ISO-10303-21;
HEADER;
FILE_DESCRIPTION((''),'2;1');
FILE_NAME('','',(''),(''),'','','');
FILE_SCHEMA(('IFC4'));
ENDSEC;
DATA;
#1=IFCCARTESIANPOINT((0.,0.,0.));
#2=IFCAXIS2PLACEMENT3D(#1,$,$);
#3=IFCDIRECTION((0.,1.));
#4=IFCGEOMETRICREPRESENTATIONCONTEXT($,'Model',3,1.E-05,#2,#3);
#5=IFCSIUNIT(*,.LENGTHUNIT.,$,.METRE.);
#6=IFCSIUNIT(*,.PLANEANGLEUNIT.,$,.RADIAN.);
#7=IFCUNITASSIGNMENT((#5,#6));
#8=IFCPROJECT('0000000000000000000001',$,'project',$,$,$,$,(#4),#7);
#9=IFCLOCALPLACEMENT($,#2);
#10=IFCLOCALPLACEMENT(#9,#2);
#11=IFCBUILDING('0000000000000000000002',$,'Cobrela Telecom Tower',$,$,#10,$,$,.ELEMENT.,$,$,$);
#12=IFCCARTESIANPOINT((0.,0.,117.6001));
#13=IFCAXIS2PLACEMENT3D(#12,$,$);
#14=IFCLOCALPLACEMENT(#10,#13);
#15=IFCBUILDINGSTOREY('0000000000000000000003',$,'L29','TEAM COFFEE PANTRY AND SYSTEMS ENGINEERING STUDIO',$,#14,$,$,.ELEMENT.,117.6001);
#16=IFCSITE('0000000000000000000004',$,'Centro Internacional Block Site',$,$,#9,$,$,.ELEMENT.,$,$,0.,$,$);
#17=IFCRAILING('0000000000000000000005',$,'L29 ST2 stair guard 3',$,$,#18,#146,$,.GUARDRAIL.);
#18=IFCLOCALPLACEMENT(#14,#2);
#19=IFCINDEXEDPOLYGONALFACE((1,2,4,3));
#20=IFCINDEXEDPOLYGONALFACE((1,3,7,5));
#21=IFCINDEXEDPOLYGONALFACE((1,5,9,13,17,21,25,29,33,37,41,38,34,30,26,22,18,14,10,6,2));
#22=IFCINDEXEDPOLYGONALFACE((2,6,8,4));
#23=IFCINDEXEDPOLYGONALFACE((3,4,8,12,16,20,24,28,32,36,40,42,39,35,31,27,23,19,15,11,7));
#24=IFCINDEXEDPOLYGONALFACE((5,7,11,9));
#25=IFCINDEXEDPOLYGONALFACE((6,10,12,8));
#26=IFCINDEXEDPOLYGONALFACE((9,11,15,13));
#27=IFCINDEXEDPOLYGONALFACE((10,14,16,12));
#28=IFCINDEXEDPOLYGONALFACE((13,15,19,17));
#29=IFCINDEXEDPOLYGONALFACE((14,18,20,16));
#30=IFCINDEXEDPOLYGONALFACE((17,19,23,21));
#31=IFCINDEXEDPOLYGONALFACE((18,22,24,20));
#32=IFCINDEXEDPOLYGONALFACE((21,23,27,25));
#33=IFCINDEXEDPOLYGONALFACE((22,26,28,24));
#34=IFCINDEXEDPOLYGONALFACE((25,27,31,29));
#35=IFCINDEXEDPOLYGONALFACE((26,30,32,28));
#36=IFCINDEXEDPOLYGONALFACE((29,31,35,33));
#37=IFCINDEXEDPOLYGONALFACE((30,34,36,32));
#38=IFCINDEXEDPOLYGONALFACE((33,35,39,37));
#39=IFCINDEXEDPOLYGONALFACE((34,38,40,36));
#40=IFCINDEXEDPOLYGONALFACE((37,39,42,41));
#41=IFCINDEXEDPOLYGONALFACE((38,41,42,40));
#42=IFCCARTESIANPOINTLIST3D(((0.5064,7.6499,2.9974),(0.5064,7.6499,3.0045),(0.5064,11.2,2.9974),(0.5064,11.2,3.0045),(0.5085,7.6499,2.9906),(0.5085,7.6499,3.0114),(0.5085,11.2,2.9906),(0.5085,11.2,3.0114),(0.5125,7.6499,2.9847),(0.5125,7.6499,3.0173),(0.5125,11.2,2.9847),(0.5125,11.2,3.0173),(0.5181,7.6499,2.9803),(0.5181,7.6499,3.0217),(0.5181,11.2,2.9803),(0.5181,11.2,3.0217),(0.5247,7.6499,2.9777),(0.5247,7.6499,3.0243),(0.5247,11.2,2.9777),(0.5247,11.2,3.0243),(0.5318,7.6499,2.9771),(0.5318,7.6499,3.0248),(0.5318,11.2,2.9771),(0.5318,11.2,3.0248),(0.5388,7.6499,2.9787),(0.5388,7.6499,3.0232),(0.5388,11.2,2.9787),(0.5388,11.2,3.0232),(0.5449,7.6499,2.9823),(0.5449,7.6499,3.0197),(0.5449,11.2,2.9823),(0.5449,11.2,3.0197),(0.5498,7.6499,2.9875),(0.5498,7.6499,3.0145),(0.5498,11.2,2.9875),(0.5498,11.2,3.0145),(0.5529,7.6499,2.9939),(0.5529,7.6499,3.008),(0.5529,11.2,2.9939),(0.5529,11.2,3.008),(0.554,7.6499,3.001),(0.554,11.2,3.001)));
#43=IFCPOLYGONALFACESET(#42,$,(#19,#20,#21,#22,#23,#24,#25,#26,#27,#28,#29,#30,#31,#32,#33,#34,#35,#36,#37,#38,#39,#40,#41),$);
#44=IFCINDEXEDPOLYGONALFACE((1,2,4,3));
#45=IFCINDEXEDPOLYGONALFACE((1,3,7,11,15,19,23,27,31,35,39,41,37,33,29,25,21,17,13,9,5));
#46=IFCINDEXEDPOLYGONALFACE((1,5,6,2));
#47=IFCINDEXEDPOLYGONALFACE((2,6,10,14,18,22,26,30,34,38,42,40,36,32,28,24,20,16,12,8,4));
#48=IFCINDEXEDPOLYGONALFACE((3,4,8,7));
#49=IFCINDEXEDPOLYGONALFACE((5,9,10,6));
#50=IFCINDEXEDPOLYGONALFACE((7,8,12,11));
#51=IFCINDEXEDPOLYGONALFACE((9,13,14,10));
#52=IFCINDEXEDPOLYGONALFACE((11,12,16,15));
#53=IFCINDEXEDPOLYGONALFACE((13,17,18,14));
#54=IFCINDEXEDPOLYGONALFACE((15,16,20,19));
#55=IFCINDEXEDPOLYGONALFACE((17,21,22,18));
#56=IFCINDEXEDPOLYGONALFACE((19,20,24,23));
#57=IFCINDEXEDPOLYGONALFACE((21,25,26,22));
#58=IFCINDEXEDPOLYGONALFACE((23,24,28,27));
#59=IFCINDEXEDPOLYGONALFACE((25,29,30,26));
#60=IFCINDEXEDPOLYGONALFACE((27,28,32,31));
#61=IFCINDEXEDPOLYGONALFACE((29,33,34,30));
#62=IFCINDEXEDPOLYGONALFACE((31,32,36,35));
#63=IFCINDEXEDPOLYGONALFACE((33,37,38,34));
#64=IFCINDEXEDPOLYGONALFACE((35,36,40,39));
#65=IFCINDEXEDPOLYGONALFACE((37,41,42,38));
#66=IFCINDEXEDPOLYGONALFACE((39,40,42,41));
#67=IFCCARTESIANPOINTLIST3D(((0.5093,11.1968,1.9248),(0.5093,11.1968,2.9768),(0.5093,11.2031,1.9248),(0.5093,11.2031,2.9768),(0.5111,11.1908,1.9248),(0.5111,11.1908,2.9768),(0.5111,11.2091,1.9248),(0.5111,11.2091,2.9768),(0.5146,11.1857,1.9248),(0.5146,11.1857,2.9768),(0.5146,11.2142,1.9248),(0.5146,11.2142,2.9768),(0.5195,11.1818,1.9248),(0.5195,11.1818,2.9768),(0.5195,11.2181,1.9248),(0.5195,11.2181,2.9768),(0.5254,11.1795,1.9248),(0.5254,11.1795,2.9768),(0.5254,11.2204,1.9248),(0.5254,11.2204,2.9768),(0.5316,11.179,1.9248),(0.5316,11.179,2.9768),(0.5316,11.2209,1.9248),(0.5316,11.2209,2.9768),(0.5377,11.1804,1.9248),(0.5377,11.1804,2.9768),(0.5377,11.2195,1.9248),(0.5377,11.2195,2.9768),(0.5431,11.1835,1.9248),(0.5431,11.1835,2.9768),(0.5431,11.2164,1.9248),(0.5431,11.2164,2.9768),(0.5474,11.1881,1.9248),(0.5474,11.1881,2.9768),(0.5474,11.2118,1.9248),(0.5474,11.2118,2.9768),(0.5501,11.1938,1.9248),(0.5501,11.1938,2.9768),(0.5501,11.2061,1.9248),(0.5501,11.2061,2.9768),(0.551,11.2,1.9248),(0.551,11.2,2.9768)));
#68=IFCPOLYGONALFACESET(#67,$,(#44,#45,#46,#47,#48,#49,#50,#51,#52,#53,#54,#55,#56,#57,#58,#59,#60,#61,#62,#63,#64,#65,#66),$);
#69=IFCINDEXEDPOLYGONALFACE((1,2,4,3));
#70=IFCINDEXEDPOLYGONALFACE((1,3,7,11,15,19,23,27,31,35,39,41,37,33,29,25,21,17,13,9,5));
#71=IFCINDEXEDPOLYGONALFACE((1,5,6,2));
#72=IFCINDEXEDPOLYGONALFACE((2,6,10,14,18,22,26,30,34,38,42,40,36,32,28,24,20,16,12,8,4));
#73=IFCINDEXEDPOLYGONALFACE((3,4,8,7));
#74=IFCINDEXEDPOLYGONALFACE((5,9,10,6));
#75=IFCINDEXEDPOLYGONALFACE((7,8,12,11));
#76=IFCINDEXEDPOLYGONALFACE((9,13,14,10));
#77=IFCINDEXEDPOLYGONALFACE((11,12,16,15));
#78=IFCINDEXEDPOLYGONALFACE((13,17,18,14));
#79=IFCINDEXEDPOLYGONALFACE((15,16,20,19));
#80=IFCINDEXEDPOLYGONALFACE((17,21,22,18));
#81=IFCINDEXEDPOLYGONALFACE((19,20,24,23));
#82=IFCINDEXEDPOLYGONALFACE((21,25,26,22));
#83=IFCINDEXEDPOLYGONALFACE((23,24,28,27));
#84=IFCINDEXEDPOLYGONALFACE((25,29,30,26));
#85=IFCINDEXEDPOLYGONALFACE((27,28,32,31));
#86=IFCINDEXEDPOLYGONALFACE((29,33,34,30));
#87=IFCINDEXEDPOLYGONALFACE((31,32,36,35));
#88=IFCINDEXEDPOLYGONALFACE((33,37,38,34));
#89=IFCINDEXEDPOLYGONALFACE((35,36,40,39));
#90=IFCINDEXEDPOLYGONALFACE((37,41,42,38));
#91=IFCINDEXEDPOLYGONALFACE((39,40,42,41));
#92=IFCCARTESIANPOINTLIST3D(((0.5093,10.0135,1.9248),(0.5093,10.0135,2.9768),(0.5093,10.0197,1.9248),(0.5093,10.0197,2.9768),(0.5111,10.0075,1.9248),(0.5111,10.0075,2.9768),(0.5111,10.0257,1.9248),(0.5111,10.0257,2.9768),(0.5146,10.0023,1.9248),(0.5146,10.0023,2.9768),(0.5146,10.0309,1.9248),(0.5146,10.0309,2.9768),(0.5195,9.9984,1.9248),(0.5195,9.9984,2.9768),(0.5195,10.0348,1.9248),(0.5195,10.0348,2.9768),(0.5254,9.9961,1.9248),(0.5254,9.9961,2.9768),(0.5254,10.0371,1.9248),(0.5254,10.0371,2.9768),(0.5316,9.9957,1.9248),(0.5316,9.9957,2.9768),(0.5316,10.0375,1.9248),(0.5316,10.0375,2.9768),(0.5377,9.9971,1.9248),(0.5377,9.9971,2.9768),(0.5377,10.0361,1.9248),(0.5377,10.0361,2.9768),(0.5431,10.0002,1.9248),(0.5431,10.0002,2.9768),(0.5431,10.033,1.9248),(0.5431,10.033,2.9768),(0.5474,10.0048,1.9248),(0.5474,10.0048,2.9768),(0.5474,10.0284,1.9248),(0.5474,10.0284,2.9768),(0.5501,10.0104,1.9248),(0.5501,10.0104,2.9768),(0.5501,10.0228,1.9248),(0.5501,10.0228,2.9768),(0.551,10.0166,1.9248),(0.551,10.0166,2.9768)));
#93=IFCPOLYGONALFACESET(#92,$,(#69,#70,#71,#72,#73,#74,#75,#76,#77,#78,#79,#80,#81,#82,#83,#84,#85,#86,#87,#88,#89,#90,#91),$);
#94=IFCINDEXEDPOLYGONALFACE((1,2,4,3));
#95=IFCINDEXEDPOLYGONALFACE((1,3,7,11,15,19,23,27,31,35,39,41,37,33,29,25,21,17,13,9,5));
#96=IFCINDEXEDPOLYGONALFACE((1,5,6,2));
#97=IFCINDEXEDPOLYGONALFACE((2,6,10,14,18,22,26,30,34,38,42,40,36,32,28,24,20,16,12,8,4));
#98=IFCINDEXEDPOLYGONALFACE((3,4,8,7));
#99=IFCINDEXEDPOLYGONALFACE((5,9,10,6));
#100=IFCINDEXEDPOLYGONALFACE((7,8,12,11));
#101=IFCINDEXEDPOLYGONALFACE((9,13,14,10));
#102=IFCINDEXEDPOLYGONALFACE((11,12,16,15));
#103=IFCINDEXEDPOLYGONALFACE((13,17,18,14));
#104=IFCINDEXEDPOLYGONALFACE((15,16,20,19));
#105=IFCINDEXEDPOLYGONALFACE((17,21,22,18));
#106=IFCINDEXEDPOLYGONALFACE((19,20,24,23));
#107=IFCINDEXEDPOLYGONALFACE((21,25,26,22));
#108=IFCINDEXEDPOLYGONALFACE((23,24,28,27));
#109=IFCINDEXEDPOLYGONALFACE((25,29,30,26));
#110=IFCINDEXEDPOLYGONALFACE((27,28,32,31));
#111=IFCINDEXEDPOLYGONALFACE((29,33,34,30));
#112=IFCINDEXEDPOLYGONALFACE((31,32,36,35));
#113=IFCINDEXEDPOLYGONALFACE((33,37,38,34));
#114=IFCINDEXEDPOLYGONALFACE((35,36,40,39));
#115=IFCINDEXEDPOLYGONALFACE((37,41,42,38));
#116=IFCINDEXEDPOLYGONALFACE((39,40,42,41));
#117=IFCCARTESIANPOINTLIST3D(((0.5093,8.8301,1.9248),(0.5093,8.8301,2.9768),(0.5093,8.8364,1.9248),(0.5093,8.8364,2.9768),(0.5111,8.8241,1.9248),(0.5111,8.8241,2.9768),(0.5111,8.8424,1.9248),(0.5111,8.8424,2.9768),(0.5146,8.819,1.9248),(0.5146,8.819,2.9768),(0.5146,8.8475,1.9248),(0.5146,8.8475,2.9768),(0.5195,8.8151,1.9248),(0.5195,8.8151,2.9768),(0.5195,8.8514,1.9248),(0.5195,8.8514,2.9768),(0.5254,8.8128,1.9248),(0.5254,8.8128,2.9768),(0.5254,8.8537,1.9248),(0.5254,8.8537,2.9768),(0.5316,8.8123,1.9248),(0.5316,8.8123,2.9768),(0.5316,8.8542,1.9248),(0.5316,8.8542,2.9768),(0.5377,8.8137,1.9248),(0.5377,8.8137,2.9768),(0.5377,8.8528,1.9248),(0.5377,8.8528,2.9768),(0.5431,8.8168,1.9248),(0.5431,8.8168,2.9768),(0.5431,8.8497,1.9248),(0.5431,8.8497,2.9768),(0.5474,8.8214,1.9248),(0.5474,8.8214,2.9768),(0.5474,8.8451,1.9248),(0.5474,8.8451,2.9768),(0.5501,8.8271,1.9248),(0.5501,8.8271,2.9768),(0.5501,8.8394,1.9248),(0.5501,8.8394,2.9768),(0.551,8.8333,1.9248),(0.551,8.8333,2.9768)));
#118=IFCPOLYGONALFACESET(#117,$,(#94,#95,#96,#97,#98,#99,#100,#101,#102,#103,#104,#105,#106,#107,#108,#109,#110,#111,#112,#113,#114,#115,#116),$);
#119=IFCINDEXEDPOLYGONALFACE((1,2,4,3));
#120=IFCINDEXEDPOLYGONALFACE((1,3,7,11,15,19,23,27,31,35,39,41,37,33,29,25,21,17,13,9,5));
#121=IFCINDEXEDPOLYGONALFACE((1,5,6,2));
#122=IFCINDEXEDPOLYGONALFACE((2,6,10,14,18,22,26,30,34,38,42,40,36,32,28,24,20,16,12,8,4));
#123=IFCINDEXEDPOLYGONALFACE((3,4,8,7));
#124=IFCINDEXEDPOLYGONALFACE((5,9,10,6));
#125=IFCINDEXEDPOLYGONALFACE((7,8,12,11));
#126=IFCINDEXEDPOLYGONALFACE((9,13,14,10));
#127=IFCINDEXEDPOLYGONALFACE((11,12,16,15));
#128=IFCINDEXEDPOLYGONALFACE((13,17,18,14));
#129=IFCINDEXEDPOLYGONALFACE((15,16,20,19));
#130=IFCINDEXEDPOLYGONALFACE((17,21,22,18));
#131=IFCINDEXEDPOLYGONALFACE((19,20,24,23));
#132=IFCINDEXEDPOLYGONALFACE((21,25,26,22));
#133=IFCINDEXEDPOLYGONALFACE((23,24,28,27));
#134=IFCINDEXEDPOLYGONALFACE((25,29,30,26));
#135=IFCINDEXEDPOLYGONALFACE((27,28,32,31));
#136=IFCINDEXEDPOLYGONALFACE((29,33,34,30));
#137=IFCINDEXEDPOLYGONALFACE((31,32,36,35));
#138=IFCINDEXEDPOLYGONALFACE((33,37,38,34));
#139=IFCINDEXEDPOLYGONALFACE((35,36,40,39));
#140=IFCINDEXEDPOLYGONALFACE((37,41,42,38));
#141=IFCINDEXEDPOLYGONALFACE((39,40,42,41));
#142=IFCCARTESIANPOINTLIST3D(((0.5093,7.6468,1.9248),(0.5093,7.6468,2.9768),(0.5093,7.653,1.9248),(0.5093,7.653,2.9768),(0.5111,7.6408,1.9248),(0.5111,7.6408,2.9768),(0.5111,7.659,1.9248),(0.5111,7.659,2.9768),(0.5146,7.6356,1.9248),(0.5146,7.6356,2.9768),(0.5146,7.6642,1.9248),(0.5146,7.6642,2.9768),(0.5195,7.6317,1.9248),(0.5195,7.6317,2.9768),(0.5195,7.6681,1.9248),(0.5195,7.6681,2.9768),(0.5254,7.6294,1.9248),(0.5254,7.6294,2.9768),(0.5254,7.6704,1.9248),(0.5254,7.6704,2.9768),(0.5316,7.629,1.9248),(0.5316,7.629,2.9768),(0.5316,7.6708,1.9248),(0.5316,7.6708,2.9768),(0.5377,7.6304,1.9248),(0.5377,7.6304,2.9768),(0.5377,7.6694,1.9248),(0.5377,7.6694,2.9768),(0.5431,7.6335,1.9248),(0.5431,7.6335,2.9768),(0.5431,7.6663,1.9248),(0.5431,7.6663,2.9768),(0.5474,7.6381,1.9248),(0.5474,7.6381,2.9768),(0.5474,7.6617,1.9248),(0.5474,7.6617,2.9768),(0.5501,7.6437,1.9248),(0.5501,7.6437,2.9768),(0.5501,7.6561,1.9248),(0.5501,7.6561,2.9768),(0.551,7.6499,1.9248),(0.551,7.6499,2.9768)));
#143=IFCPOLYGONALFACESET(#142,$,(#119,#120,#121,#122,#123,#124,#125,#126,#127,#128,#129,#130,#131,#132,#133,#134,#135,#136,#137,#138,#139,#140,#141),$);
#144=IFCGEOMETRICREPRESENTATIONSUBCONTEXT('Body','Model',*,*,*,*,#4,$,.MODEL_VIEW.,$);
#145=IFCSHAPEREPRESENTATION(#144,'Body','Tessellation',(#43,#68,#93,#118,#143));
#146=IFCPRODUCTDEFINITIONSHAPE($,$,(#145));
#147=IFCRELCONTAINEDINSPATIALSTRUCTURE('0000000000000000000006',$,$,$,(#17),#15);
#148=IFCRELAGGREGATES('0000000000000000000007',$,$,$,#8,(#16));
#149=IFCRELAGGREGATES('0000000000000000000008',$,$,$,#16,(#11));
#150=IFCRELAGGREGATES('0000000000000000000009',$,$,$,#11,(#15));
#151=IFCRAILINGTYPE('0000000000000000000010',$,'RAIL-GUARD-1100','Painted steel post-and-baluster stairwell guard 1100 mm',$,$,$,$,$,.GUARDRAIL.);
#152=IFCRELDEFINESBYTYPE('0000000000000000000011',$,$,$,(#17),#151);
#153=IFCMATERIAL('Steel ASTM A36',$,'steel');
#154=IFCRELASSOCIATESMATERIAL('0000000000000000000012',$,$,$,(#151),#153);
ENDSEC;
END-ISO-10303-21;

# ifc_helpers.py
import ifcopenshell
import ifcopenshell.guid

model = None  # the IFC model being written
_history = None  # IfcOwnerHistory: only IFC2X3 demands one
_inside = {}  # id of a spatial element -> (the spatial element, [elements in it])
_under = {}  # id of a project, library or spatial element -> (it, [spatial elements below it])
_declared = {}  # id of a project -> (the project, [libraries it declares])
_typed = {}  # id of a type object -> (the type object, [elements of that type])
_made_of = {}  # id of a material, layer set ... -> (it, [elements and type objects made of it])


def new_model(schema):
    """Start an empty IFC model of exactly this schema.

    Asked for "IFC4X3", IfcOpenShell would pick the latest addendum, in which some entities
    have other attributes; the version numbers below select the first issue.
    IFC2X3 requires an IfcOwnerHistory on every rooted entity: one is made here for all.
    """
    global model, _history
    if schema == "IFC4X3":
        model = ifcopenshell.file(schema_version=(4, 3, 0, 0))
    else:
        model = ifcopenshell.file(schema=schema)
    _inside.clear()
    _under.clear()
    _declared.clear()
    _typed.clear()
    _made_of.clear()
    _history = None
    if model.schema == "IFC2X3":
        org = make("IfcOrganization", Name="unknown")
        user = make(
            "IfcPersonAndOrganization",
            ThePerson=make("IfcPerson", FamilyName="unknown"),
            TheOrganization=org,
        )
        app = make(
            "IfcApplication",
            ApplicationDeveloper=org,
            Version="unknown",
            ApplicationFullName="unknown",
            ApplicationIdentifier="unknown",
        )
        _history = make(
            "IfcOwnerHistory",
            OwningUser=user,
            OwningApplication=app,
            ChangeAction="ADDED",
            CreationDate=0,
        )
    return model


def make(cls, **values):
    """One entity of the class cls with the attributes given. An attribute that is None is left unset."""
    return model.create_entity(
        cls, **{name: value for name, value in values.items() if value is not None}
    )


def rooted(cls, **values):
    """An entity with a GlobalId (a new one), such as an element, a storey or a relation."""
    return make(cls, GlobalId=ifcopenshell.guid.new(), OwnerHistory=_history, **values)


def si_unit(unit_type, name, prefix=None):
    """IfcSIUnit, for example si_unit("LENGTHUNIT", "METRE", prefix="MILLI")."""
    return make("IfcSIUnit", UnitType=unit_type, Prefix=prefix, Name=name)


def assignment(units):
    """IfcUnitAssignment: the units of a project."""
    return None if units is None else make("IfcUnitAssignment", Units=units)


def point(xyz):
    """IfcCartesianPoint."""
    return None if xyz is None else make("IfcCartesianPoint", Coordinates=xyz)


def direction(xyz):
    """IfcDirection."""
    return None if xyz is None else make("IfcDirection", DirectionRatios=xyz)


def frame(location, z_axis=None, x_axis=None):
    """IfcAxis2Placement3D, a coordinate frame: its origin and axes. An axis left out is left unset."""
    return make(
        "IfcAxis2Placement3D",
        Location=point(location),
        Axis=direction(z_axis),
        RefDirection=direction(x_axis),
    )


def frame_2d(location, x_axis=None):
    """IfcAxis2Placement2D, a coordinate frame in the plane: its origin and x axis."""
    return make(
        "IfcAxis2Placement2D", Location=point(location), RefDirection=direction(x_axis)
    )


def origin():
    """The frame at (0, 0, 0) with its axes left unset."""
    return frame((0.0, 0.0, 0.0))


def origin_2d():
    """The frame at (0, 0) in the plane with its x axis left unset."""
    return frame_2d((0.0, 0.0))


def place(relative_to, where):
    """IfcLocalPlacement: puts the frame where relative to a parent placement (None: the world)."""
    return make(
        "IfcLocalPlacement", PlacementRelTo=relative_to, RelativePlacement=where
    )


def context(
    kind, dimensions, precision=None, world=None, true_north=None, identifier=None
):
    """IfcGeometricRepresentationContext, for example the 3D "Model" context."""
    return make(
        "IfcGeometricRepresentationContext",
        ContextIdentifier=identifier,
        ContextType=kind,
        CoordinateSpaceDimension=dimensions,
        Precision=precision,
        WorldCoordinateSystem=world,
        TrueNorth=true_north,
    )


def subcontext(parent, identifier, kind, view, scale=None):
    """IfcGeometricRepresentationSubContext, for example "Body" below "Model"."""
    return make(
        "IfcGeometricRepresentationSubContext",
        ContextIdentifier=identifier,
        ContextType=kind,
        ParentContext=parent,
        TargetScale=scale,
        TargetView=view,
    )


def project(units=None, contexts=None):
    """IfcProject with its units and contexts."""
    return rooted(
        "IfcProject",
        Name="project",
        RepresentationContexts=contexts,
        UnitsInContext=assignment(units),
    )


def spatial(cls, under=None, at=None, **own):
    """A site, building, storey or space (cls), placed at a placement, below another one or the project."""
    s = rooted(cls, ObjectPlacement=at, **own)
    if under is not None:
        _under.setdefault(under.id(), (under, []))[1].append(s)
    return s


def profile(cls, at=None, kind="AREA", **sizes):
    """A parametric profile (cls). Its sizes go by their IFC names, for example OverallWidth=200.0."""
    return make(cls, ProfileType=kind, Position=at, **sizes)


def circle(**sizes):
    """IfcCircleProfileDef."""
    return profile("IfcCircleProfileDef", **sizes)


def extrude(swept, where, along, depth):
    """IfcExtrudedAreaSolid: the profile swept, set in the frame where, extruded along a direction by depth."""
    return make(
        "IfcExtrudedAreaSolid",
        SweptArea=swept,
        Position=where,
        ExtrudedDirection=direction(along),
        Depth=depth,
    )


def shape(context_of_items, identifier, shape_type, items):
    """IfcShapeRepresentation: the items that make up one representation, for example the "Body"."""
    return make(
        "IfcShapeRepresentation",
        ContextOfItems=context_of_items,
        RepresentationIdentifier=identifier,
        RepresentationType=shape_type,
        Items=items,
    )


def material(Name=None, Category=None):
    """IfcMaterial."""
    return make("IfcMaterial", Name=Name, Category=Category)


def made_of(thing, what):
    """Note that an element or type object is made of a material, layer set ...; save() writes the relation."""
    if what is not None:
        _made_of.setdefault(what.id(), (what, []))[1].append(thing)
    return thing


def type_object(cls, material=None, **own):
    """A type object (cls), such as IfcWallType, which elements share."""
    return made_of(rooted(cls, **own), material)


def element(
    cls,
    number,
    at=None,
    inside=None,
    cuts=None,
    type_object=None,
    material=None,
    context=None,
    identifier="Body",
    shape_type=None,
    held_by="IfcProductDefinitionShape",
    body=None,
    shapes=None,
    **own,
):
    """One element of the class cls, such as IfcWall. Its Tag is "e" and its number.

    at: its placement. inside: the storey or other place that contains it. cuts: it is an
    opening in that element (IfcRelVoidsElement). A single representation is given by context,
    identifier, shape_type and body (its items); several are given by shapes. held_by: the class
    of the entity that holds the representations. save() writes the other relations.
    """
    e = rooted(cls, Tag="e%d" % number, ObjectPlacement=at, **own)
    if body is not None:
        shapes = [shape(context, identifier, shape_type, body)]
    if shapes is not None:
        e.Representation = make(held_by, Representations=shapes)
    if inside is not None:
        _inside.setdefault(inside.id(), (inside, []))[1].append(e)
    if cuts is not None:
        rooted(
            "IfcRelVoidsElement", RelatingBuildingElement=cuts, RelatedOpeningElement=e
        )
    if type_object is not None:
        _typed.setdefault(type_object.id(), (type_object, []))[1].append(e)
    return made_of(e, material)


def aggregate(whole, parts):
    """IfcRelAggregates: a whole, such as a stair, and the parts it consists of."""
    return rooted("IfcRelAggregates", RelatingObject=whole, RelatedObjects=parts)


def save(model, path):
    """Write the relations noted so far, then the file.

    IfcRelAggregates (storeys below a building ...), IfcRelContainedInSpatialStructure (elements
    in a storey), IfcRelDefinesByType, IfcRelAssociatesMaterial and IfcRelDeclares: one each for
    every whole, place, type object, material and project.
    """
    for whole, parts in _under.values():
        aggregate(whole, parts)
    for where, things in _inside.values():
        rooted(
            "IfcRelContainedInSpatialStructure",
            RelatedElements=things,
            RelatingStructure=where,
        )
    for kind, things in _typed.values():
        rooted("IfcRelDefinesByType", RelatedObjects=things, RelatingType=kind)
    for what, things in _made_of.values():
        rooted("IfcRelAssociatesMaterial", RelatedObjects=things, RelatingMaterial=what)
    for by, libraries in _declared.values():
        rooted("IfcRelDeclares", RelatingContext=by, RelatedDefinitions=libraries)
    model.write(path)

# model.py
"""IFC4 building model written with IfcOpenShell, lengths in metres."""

from ifc_helpers import new_model, si_unit, direction, frame, origin, origin_2d, place, context, subcontext, project, spatial, circle, extrude, material, type_object, element, save


model = new_model("IFC4")

# Units and contexts
model_context = context("Model", 3, precision=1e-05, world=origin(), true_north=direction((0.0, 1.0)))
body_context = subcontext(model_context, "Body", "Model", "MODEL_VIEW")
ifc_project = project(units=[si_unit("LENGTHUNIT", "METRE"), si_unit("PLANEANGLEUNIT", "RADIAN")], contexts=[model_context])

# Site, building, storey
site_placement = place(None, origin())
site = spatial("IfcSite", under=ifc_project, at=site_placement, Name="Centro Internacional Block Site", CompositionType="ELEMENT", RefElevation=0.0)
building_placement = place(site_placement, origin())
building = spatial("IfcBuilding", under=site, at=building_placement, Name="Cobrela Telecom Tower", CompositionType="ELEMENT")
storey_placement = place(building_placement, frame((0.0, 0.0, 117.6001)))
storey = spatial("IfcBuildingStorey", under=building, at=storey_placement, Name="L29", Description="TEAM COFFEE PANTRY AND SYSTEMS ENGINEERING STUDIO", CompositionType="ELEMENT", Elevation=117.6001)

# Shared definitions
ifc_material_1 = material(Name="Steel ASTM A36", Category="steel")

# Railing
railing_type_1 = type_object("IfcRailingType", Name="RAIL-GUARD-1100", Description="Painted steel post-and-baluster stairwell guard 1100 mm", PredefinedType="GUARDRAIL", material=ifc_material_1)
railing_1_placement = place(storey_placement, frame((0.53, 11.2, 1.9248)))
element("IfcRailing", 1, at=railing_1_placement, inside=storey, type_object=railing_type_1, Name="L29 ST2 stair guard 3", PredefinedType="GUARDRAIL", context=body_context, shape_type="SweptSolid", body=[
    extrude(circle(Radius=0.0239, at=origin_2d()), frame((0.0, 0.0, 1.0762), z_axis=(0.0, -1.0, 0.0), x_axis=(1.0, 0.0, 0.0)), (0.0, 0.0, 1.0), 3.55),
    extrude(circle(Radius=0.021, at=origin_2d()), origin(), (0.0, 0.0, 1.0), 1.052),
    extrude(circle(Radius=0.021, at=origin_2d()), frame((0.0, -1.1833, 0.0)), (0.0, 0.0, 1.0), 1.052),
    extrude(circle(Radius=0.021, at=origin_2d()), frame((0.0, -2.3667, 0.0)), (0.0, 0.0, 1.0), 1.052),
    extrude(circle(Radius=0.021, at=origin_2d()), frame((0.0, -3.55, 0.0)), (0.0, 0.0, 1.0), 1.052),
])

save(model, "model.ifc")
